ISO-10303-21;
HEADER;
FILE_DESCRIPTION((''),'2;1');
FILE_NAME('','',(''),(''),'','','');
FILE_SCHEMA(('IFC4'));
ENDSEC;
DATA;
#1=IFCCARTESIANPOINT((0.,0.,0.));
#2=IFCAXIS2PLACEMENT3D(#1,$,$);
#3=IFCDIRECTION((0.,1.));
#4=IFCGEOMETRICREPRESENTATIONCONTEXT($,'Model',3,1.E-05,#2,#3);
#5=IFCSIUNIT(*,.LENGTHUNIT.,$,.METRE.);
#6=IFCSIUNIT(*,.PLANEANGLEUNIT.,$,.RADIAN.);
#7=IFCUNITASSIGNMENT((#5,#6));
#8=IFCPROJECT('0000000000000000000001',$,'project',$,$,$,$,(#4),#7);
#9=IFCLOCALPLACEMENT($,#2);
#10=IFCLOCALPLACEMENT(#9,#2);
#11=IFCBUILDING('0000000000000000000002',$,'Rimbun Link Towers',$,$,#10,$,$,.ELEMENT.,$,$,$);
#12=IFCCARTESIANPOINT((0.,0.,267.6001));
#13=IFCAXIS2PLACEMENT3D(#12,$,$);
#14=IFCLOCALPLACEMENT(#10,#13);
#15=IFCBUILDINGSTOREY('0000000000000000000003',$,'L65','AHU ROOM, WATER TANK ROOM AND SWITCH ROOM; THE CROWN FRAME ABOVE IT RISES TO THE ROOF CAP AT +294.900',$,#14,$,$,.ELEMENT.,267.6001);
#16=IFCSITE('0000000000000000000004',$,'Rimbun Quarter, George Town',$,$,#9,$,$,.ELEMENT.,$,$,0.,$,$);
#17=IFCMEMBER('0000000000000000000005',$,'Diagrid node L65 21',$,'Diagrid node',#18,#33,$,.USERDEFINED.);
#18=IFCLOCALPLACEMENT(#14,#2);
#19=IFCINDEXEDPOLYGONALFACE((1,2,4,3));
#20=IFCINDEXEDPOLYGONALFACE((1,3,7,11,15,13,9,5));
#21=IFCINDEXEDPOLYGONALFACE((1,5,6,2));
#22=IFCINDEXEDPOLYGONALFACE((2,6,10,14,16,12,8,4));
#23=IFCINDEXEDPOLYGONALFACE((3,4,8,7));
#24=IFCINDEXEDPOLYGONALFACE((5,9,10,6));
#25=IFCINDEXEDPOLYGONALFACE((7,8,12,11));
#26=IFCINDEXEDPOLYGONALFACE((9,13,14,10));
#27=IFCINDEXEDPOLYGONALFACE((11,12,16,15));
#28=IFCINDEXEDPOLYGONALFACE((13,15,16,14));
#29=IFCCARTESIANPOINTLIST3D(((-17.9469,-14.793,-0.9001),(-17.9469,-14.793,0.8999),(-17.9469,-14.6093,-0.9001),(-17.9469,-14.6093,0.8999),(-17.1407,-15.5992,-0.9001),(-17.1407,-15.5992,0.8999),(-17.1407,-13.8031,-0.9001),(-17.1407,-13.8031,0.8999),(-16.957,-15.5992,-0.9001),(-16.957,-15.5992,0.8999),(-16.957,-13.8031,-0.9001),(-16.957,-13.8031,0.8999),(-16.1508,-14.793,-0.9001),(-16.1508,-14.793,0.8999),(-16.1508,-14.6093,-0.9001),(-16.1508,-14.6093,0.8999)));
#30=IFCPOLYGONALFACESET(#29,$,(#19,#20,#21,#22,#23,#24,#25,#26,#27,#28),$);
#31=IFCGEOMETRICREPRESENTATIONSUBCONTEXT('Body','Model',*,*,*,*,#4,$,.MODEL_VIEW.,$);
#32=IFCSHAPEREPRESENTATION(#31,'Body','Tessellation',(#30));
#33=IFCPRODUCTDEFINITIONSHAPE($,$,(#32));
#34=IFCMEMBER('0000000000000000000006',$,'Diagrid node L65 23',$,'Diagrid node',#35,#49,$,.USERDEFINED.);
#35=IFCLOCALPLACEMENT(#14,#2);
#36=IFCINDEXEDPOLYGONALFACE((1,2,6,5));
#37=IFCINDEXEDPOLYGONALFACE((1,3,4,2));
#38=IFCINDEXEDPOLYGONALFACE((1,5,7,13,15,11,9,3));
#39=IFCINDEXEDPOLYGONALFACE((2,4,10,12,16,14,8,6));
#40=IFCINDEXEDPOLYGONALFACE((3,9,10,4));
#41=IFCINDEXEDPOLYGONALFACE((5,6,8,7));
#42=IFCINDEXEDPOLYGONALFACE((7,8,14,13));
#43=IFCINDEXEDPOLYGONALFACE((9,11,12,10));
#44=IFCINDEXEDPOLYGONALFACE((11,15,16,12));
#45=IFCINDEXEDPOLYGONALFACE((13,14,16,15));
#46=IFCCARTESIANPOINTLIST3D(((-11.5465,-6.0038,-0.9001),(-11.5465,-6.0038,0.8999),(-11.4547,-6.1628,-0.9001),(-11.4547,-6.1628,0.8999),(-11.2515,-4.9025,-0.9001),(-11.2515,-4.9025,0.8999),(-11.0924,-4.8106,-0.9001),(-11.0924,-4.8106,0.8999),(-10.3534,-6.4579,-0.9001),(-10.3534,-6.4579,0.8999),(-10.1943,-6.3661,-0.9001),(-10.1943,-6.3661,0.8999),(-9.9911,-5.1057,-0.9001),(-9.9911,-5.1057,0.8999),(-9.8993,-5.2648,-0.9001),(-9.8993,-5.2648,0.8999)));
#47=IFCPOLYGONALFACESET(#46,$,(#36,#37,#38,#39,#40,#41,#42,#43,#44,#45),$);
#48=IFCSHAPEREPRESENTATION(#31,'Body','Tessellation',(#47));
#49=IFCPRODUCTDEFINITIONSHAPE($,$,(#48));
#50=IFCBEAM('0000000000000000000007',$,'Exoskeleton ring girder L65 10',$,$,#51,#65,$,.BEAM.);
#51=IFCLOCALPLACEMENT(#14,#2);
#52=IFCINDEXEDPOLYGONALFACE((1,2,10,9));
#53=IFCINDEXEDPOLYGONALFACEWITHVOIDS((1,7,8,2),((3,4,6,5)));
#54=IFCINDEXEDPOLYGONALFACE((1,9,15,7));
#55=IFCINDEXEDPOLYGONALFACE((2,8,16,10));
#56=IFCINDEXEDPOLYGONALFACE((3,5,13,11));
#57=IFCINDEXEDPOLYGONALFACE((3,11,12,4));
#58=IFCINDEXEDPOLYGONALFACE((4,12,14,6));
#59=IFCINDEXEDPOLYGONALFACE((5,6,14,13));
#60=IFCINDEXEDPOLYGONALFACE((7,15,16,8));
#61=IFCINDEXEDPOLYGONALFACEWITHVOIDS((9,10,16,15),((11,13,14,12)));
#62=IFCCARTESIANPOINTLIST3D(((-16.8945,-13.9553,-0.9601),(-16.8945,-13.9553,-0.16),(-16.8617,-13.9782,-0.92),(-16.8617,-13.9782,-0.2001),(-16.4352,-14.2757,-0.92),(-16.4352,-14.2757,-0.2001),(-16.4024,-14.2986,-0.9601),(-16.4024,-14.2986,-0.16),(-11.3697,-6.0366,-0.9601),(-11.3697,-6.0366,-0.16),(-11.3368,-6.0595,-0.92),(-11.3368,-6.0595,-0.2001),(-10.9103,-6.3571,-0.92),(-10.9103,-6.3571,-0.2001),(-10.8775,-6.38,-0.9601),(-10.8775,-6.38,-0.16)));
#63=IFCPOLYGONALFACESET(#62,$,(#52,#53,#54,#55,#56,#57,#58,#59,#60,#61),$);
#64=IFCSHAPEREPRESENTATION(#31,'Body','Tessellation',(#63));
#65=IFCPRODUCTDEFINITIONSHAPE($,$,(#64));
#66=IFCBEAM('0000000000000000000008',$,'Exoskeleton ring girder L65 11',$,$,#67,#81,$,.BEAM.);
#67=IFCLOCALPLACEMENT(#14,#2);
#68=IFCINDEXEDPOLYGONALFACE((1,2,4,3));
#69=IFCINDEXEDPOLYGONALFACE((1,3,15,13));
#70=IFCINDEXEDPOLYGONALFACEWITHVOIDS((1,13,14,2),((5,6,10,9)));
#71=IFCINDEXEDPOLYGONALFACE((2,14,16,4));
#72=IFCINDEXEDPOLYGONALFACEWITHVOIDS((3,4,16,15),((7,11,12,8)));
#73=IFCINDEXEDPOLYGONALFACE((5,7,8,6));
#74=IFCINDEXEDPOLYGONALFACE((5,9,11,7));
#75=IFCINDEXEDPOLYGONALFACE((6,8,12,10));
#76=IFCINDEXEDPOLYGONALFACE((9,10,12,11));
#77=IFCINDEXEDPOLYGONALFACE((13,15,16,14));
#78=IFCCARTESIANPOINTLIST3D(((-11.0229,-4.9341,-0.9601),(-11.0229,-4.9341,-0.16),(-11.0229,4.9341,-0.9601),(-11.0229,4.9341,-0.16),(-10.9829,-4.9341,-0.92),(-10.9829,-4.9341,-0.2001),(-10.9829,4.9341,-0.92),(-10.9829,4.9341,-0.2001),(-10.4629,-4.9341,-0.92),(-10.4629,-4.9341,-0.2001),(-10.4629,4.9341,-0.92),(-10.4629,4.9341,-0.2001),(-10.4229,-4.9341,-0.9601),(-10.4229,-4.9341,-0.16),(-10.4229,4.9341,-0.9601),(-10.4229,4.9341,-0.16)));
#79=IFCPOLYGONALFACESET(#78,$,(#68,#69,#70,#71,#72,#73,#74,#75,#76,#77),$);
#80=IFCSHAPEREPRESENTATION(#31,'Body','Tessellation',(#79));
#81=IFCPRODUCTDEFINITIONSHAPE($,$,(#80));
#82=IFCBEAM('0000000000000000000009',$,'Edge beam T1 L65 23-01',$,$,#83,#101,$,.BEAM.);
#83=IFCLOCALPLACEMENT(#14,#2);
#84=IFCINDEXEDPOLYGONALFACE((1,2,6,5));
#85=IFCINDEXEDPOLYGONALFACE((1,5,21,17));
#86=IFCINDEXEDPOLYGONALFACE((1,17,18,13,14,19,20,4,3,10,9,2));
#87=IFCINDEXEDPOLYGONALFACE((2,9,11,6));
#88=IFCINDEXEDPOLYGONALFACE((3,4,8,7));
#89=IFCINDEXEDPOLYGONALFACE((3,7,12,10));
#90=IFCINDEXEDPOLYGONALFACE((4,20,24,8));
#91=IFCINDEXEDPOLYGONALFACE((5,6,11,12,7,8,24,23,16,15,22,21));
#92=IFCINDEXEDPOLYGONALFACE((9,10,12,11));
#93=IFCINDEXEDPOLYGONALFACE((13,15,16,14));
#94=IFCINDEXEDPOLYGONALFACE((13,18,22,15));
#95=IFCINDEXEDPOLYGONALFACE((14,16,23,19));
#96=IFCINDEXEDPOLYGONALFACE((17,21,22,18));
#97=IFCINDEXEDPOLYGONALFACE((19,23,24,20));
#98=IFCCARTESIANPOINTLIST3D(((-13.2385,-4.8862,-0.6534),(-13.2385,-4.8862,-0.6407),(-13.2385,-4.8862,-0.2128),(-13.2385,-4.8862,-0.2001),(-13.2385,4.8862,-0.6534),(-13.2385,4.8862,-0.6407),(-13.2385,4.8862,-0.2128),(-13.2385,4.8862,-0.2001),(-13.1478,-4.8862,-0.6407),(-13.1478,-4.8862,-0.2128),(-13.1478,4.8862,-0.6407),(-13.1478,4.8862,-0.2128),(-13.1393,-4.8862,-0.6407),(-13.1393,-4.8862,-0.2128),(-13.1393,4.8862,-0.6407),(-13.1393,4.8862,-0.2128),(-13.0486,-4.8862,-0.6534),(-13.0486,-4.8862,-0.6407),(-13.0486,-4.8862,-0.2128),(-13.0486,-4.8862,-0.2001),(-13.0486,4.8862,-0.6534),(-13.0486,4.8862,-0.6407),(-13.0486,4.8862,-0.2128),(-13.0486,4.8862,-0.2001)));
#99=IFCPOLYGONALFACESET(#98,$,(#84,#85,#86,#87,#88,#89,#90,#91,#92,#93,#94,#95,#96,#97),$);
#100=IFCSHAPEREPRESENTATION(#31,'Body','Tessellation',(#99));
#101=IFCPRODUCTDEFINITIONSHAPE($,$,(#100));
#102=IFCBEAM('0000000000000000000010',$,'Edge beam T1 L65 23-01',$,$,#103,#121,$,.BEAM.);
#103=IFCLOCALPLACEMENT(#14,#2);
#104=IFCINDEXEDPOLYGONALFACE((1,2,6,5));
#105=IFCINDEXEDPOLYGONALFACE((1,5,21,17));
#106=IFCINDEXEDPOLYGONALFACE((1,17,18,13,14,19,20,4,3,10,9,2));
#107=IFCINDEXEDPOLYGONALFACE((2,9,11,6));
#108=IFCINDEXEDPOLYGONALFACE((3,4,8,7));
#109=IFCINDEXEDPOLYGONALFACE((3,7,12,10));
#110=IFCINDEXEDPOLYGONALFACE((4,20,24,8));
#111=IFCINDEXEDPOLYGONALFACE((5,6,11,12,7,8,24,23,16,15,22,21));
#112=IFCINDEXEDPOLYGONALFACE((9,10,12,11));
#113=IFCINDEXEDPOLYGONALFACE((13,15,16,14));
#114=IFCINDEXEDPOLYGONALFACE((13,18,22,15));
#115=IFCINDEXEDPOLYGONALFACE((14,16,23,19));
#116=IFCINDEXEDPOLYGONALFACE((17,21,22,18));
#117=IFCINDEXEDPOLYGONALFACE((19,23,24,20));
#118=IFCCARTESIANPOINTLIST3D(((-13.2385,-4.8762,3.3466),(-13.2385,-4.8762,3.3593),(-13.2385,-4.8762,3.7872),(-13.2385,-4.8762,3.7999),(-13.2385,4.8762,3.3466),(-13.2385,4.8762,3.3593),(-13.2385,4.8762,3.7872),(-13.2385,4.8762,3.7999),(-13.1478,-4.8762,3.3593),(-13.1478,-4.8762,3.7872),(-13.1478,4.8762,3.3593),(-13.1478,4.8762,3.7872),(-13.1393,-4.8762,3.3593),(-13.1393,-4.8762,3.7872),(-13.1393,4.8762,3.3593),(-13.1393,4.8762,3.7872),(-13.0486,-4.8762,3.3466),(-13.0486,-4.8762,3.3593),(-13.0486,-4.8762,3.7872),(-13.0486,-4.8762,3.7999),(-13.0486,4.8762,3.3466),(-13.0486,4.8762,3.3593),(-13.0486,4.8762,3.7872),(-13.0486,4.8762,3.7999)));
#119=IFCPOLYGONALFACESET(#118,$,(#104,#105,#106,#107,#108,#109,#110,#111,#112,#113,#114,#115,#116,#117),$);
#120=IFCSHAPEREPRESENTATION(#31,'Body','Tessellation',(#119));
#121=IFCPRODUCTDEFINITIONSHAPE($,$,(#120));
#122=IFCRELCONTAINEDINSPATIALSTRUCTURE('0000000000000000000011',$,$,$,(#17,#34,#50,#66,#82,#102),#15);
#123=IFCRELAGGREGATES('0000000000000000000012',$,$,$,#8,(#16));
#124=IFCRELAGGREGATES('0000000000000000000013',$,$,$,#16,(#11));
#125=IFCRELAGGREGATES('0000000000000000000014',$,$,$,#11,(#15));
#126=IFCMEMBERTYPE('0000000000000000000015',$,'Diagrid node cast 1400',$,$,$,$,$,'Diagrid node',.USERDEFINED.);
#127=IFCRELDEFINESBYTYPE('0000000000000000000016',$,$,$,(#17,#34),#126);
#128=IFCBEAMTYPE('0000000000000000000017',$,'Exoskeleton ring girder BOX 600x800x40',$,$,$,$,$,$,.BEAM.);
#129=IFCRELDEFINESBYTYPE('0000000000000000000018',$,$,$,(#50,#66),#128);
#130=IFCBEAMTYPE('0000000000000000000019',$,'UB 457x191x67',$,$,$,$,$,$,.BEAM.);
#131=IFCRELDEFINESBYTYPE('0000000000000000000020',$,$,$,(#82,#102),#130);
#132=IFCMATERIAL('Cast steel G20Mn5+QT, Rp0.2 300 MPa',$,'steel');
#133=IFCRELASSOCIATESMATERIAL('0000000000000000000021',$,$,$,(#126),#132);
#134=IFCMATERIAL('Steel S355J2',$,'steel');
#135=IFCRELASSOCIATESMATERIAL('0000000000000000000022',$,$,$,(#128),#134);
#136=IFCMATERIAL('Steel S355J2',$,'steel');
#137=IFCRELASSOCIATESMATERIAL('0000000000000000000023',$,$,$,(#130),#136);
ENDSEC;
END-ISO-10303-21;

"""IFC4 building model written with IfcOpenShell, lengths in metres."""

from ifc_helpers import new_model, si_unit, direction, frame, origin, origin_2d, place, context, subcontext, project, spatial, polyline, hollow_rectangle, i_section, outline, extrude, material, material_profile, profile_set, type_object, element, save


model = new_model("IFC4")

# Units and contexts
model_context = context("Model", 3, precision=1e-05, world=origin(), true_north=direction((0.0, 1.0)))
body_context = subcontext(model_context, "Body", "Model", "MODEL_VIEW")
ifc_project = project(units=[si_unit("LENGTHUNIT", "METRE"), si_unit("PLANEANGLEUNIT", "RADIAN")], contexts=[model_context])

# Site, building, storey
site_placement = place(None, origin())
site = spatial("IfcSite", under=ifc_project, at=site_placement, Name="Rimbun Quarter, George Town", CompositionType="ELEMENT", RefElevation=0.0)
building_placement = place(site_placement, origin())
building = spatial("IfcBuilding", under=site, at=building_placement, Name="Rimbun Link Towers", CompositionType="ELEMENT")
storey_placement = place(building_placement, frame((0.0, 0.0, 267.6001)))
storey = spatial("IfcBuildingStorey", under=building, at=storey_placement, Name="L65", Description="AHU ROOM, WATER TANK ROOM AND SWITCH ROOM; THE CROWN FRAME ABOVE IT RISES TO THE ROOF CAP AT +294.900", CompositionType="ELEMENT", Elevation=267.6001)

# Members
ifc_material_1 = material(Name="Cast steel G20Mn5+QT, Rp0.2 300 MPa", Category="steel")
ifc_material_profile_1 = material_profile(ifc_material_1, outline(polyline([(0.7, -0.5701), (0.7, 0.5701), (0.5701, 0.7), (-0.5701, 0.7), (-0.7, 0.5701), (-0.7, -0.5701), (-0.5701, -0.7), (0.5701, -0.7), (0.7, -0.5701)])), Name="NODE 1400x1400")
ifc_profile_set_1 = profile_set([ifc_material_profile_1], Name="Cast steel G20Mn5+QT, Rp0.2 300 MPa")
member_type_1 = type_object("IfcMemberType", Name="Diagrid node cast 1400", ElementType="Diagrid node", PredefinedType="USERDEFINED", material=ifc_profile_set_1)
for number, where, z_axis, x_axis, name in (
    (1, (-17.0488, -14.7012, -0.9001), (0.0, 0.0, 1.0), (0.707107, -0.707107, 0.0), "Diagrid node L65 21"),
    (2, (-10.7229, -5.6343, -0.9001), (0.0, 0.0, 1.0), (0.965926, -0.258819, 0.0), "Diagrid node L65 23"),
):
    element("IfcMember", number, at=place(storey_placement, frame(where, z_axis=z_axis, x_axis=x_axis)), inside=storey, type_object=member_type_1, Name=name, ObjectType="Diagrid node", PredefinedType="USERDEFINED", context=body_context, shape_type="SweptSolid", body=[
        extrude(outline(polyline([(0.7, -0.5701), (0.7, 0.5701), (0.5701, 0.7), (-0.5701, 0.7), (-0.7, 0.5701), (-0.7, -0.5701), (-0.5701, -0.7), (0.5701, -0.7), (0.7, -0.5701)])), origin(), (0.0, 0.0, 1.0), 1.8),
    ])

# Beams
ifc_material_2 = material(Name="Steel S355J2", Category="steel")
ifc_material_profile_2 = material_profile(ifc_material_2, hollow_rectangle(XDim=0.6001, YDim=0.8, WallThickness=0.04, at=origin_2d()), Name="Exoskeleton ring girder BOX 600x800x40")
ifc_profile_set_2 = profile_set([ifc_material_profile_2], Name="Steel S355J2")
beam_type_1 = type_object("IfcBeamType", Name="Exoskeleton ring girder BOX 600x800x40", PredefinedType="BEAM", material=ifc_profile_set_2)
beam_1_placement = place(storey_placement, frame((-16.6484, -14.127, -0.5601), z_axis=(0.572197, 0.820116, 0.0), x_axis=(-0.820116, 0.572197, 0.0)))
element("IfcBeam", 3, at=beam_1_placement, inside=storey, type_object=beam_type_1, Name="Exoskeleton ring girder L65 10", PredefinedType="BEAM", context=body_context, shape_type="SweptSolid", body=[
    extrude(hollow_rectangle(XDim=0.6001, YDim=0.8, WallThickness=0.04, at=origin_2d()), origin(), (0.0, 0.0, 1.0), 9.6555),
])
beam_2_placement = place(storey_placement, frame((-10.7229, -4.9341, -0.5601), z_axis=(0.0, 1.0, 0.0), x_axis=(-1.0, 0.0, 0.0)))
element("IfcBeam", 4, at=beam_2_placement, inside=storey, type_object=beam_type_1, Name="Exoskeleton ring girder L65 11", PredefinedType="BEAM", context=body_context, shape_type="SweptSolid", body=[
    extrude(hollow_rectangle(XDim=0.6001, YDim=0.8, WallThickness=0.04, at=origin_2d()), origin(), (0.0, 0.0, 1.0), 9.8682),
])
ifc_material_3 = material(Name="Steel S355J2", Category="steel")
ifc_material_profile_3 = material_profile(ifc_material_3, i_section(OverallWidth=0.1899, OverallDepth=0.4534, WebThickness=0.0085, FlangeThickness=0.0127, at=origin_2d()), Name="UB 457x191x67")
ifc_profile_set_3 = profile_set([ifc_material_profile_3], Name="Steel S355J2")
beam_type_2 = type_object("IfcBeamType", Name="UB 457x191x67", PredefinedType="BEAM", material=ifc_profile_set_3)
beam_3_placement = place(storey_placement, frame((-13.1436, -4.8862, -0.4268), z_axis=(0.0, 1.0, 0.0), x_axis=(-1.0, 0.0, 0.0)))
element("IfcBeam", 5, at=beam_3_placement, inside=storey, type_object=beam_type_2, Name="Edge beam T1 L65 23-01", PredefinedType="BEAM", context=body_context, shape_type="SweptSolid", body=[
    extrude(i_section(OverallWidth=0.1899, OverallDepth=0.4534, WebThickness=0.0085, FlangeThickness=0.0127, at=origin_2d()), origin(), (0.0, 0.0, 1.0), 9.7725),
])
beam_4_placement = place(storey_placement, frame((-13.1436, -4.8762, 3.5732), z_axis=(0.0, 1.0, 0.0), x_axis=(-1.0, 0.0, 0.0)))
element("IfcBeam", 6, at=beam_4_placement, inside=storey, type_object=beam_type_2, Name="Edge beam T1 L65 23-01", PredefinedType="BEAM", context=body_context, shape_type="SweptSolid", body=[
    extrude(i_section(OverallWidth=0.1899, OverallDepth=0.4534, WebThickness=0.0085, FlangeThickness=0.0127, at=origin_2d()), origin(), (0.0, 0.0, 1.0), 9.7524),
])

save(model, "model.ifc")
